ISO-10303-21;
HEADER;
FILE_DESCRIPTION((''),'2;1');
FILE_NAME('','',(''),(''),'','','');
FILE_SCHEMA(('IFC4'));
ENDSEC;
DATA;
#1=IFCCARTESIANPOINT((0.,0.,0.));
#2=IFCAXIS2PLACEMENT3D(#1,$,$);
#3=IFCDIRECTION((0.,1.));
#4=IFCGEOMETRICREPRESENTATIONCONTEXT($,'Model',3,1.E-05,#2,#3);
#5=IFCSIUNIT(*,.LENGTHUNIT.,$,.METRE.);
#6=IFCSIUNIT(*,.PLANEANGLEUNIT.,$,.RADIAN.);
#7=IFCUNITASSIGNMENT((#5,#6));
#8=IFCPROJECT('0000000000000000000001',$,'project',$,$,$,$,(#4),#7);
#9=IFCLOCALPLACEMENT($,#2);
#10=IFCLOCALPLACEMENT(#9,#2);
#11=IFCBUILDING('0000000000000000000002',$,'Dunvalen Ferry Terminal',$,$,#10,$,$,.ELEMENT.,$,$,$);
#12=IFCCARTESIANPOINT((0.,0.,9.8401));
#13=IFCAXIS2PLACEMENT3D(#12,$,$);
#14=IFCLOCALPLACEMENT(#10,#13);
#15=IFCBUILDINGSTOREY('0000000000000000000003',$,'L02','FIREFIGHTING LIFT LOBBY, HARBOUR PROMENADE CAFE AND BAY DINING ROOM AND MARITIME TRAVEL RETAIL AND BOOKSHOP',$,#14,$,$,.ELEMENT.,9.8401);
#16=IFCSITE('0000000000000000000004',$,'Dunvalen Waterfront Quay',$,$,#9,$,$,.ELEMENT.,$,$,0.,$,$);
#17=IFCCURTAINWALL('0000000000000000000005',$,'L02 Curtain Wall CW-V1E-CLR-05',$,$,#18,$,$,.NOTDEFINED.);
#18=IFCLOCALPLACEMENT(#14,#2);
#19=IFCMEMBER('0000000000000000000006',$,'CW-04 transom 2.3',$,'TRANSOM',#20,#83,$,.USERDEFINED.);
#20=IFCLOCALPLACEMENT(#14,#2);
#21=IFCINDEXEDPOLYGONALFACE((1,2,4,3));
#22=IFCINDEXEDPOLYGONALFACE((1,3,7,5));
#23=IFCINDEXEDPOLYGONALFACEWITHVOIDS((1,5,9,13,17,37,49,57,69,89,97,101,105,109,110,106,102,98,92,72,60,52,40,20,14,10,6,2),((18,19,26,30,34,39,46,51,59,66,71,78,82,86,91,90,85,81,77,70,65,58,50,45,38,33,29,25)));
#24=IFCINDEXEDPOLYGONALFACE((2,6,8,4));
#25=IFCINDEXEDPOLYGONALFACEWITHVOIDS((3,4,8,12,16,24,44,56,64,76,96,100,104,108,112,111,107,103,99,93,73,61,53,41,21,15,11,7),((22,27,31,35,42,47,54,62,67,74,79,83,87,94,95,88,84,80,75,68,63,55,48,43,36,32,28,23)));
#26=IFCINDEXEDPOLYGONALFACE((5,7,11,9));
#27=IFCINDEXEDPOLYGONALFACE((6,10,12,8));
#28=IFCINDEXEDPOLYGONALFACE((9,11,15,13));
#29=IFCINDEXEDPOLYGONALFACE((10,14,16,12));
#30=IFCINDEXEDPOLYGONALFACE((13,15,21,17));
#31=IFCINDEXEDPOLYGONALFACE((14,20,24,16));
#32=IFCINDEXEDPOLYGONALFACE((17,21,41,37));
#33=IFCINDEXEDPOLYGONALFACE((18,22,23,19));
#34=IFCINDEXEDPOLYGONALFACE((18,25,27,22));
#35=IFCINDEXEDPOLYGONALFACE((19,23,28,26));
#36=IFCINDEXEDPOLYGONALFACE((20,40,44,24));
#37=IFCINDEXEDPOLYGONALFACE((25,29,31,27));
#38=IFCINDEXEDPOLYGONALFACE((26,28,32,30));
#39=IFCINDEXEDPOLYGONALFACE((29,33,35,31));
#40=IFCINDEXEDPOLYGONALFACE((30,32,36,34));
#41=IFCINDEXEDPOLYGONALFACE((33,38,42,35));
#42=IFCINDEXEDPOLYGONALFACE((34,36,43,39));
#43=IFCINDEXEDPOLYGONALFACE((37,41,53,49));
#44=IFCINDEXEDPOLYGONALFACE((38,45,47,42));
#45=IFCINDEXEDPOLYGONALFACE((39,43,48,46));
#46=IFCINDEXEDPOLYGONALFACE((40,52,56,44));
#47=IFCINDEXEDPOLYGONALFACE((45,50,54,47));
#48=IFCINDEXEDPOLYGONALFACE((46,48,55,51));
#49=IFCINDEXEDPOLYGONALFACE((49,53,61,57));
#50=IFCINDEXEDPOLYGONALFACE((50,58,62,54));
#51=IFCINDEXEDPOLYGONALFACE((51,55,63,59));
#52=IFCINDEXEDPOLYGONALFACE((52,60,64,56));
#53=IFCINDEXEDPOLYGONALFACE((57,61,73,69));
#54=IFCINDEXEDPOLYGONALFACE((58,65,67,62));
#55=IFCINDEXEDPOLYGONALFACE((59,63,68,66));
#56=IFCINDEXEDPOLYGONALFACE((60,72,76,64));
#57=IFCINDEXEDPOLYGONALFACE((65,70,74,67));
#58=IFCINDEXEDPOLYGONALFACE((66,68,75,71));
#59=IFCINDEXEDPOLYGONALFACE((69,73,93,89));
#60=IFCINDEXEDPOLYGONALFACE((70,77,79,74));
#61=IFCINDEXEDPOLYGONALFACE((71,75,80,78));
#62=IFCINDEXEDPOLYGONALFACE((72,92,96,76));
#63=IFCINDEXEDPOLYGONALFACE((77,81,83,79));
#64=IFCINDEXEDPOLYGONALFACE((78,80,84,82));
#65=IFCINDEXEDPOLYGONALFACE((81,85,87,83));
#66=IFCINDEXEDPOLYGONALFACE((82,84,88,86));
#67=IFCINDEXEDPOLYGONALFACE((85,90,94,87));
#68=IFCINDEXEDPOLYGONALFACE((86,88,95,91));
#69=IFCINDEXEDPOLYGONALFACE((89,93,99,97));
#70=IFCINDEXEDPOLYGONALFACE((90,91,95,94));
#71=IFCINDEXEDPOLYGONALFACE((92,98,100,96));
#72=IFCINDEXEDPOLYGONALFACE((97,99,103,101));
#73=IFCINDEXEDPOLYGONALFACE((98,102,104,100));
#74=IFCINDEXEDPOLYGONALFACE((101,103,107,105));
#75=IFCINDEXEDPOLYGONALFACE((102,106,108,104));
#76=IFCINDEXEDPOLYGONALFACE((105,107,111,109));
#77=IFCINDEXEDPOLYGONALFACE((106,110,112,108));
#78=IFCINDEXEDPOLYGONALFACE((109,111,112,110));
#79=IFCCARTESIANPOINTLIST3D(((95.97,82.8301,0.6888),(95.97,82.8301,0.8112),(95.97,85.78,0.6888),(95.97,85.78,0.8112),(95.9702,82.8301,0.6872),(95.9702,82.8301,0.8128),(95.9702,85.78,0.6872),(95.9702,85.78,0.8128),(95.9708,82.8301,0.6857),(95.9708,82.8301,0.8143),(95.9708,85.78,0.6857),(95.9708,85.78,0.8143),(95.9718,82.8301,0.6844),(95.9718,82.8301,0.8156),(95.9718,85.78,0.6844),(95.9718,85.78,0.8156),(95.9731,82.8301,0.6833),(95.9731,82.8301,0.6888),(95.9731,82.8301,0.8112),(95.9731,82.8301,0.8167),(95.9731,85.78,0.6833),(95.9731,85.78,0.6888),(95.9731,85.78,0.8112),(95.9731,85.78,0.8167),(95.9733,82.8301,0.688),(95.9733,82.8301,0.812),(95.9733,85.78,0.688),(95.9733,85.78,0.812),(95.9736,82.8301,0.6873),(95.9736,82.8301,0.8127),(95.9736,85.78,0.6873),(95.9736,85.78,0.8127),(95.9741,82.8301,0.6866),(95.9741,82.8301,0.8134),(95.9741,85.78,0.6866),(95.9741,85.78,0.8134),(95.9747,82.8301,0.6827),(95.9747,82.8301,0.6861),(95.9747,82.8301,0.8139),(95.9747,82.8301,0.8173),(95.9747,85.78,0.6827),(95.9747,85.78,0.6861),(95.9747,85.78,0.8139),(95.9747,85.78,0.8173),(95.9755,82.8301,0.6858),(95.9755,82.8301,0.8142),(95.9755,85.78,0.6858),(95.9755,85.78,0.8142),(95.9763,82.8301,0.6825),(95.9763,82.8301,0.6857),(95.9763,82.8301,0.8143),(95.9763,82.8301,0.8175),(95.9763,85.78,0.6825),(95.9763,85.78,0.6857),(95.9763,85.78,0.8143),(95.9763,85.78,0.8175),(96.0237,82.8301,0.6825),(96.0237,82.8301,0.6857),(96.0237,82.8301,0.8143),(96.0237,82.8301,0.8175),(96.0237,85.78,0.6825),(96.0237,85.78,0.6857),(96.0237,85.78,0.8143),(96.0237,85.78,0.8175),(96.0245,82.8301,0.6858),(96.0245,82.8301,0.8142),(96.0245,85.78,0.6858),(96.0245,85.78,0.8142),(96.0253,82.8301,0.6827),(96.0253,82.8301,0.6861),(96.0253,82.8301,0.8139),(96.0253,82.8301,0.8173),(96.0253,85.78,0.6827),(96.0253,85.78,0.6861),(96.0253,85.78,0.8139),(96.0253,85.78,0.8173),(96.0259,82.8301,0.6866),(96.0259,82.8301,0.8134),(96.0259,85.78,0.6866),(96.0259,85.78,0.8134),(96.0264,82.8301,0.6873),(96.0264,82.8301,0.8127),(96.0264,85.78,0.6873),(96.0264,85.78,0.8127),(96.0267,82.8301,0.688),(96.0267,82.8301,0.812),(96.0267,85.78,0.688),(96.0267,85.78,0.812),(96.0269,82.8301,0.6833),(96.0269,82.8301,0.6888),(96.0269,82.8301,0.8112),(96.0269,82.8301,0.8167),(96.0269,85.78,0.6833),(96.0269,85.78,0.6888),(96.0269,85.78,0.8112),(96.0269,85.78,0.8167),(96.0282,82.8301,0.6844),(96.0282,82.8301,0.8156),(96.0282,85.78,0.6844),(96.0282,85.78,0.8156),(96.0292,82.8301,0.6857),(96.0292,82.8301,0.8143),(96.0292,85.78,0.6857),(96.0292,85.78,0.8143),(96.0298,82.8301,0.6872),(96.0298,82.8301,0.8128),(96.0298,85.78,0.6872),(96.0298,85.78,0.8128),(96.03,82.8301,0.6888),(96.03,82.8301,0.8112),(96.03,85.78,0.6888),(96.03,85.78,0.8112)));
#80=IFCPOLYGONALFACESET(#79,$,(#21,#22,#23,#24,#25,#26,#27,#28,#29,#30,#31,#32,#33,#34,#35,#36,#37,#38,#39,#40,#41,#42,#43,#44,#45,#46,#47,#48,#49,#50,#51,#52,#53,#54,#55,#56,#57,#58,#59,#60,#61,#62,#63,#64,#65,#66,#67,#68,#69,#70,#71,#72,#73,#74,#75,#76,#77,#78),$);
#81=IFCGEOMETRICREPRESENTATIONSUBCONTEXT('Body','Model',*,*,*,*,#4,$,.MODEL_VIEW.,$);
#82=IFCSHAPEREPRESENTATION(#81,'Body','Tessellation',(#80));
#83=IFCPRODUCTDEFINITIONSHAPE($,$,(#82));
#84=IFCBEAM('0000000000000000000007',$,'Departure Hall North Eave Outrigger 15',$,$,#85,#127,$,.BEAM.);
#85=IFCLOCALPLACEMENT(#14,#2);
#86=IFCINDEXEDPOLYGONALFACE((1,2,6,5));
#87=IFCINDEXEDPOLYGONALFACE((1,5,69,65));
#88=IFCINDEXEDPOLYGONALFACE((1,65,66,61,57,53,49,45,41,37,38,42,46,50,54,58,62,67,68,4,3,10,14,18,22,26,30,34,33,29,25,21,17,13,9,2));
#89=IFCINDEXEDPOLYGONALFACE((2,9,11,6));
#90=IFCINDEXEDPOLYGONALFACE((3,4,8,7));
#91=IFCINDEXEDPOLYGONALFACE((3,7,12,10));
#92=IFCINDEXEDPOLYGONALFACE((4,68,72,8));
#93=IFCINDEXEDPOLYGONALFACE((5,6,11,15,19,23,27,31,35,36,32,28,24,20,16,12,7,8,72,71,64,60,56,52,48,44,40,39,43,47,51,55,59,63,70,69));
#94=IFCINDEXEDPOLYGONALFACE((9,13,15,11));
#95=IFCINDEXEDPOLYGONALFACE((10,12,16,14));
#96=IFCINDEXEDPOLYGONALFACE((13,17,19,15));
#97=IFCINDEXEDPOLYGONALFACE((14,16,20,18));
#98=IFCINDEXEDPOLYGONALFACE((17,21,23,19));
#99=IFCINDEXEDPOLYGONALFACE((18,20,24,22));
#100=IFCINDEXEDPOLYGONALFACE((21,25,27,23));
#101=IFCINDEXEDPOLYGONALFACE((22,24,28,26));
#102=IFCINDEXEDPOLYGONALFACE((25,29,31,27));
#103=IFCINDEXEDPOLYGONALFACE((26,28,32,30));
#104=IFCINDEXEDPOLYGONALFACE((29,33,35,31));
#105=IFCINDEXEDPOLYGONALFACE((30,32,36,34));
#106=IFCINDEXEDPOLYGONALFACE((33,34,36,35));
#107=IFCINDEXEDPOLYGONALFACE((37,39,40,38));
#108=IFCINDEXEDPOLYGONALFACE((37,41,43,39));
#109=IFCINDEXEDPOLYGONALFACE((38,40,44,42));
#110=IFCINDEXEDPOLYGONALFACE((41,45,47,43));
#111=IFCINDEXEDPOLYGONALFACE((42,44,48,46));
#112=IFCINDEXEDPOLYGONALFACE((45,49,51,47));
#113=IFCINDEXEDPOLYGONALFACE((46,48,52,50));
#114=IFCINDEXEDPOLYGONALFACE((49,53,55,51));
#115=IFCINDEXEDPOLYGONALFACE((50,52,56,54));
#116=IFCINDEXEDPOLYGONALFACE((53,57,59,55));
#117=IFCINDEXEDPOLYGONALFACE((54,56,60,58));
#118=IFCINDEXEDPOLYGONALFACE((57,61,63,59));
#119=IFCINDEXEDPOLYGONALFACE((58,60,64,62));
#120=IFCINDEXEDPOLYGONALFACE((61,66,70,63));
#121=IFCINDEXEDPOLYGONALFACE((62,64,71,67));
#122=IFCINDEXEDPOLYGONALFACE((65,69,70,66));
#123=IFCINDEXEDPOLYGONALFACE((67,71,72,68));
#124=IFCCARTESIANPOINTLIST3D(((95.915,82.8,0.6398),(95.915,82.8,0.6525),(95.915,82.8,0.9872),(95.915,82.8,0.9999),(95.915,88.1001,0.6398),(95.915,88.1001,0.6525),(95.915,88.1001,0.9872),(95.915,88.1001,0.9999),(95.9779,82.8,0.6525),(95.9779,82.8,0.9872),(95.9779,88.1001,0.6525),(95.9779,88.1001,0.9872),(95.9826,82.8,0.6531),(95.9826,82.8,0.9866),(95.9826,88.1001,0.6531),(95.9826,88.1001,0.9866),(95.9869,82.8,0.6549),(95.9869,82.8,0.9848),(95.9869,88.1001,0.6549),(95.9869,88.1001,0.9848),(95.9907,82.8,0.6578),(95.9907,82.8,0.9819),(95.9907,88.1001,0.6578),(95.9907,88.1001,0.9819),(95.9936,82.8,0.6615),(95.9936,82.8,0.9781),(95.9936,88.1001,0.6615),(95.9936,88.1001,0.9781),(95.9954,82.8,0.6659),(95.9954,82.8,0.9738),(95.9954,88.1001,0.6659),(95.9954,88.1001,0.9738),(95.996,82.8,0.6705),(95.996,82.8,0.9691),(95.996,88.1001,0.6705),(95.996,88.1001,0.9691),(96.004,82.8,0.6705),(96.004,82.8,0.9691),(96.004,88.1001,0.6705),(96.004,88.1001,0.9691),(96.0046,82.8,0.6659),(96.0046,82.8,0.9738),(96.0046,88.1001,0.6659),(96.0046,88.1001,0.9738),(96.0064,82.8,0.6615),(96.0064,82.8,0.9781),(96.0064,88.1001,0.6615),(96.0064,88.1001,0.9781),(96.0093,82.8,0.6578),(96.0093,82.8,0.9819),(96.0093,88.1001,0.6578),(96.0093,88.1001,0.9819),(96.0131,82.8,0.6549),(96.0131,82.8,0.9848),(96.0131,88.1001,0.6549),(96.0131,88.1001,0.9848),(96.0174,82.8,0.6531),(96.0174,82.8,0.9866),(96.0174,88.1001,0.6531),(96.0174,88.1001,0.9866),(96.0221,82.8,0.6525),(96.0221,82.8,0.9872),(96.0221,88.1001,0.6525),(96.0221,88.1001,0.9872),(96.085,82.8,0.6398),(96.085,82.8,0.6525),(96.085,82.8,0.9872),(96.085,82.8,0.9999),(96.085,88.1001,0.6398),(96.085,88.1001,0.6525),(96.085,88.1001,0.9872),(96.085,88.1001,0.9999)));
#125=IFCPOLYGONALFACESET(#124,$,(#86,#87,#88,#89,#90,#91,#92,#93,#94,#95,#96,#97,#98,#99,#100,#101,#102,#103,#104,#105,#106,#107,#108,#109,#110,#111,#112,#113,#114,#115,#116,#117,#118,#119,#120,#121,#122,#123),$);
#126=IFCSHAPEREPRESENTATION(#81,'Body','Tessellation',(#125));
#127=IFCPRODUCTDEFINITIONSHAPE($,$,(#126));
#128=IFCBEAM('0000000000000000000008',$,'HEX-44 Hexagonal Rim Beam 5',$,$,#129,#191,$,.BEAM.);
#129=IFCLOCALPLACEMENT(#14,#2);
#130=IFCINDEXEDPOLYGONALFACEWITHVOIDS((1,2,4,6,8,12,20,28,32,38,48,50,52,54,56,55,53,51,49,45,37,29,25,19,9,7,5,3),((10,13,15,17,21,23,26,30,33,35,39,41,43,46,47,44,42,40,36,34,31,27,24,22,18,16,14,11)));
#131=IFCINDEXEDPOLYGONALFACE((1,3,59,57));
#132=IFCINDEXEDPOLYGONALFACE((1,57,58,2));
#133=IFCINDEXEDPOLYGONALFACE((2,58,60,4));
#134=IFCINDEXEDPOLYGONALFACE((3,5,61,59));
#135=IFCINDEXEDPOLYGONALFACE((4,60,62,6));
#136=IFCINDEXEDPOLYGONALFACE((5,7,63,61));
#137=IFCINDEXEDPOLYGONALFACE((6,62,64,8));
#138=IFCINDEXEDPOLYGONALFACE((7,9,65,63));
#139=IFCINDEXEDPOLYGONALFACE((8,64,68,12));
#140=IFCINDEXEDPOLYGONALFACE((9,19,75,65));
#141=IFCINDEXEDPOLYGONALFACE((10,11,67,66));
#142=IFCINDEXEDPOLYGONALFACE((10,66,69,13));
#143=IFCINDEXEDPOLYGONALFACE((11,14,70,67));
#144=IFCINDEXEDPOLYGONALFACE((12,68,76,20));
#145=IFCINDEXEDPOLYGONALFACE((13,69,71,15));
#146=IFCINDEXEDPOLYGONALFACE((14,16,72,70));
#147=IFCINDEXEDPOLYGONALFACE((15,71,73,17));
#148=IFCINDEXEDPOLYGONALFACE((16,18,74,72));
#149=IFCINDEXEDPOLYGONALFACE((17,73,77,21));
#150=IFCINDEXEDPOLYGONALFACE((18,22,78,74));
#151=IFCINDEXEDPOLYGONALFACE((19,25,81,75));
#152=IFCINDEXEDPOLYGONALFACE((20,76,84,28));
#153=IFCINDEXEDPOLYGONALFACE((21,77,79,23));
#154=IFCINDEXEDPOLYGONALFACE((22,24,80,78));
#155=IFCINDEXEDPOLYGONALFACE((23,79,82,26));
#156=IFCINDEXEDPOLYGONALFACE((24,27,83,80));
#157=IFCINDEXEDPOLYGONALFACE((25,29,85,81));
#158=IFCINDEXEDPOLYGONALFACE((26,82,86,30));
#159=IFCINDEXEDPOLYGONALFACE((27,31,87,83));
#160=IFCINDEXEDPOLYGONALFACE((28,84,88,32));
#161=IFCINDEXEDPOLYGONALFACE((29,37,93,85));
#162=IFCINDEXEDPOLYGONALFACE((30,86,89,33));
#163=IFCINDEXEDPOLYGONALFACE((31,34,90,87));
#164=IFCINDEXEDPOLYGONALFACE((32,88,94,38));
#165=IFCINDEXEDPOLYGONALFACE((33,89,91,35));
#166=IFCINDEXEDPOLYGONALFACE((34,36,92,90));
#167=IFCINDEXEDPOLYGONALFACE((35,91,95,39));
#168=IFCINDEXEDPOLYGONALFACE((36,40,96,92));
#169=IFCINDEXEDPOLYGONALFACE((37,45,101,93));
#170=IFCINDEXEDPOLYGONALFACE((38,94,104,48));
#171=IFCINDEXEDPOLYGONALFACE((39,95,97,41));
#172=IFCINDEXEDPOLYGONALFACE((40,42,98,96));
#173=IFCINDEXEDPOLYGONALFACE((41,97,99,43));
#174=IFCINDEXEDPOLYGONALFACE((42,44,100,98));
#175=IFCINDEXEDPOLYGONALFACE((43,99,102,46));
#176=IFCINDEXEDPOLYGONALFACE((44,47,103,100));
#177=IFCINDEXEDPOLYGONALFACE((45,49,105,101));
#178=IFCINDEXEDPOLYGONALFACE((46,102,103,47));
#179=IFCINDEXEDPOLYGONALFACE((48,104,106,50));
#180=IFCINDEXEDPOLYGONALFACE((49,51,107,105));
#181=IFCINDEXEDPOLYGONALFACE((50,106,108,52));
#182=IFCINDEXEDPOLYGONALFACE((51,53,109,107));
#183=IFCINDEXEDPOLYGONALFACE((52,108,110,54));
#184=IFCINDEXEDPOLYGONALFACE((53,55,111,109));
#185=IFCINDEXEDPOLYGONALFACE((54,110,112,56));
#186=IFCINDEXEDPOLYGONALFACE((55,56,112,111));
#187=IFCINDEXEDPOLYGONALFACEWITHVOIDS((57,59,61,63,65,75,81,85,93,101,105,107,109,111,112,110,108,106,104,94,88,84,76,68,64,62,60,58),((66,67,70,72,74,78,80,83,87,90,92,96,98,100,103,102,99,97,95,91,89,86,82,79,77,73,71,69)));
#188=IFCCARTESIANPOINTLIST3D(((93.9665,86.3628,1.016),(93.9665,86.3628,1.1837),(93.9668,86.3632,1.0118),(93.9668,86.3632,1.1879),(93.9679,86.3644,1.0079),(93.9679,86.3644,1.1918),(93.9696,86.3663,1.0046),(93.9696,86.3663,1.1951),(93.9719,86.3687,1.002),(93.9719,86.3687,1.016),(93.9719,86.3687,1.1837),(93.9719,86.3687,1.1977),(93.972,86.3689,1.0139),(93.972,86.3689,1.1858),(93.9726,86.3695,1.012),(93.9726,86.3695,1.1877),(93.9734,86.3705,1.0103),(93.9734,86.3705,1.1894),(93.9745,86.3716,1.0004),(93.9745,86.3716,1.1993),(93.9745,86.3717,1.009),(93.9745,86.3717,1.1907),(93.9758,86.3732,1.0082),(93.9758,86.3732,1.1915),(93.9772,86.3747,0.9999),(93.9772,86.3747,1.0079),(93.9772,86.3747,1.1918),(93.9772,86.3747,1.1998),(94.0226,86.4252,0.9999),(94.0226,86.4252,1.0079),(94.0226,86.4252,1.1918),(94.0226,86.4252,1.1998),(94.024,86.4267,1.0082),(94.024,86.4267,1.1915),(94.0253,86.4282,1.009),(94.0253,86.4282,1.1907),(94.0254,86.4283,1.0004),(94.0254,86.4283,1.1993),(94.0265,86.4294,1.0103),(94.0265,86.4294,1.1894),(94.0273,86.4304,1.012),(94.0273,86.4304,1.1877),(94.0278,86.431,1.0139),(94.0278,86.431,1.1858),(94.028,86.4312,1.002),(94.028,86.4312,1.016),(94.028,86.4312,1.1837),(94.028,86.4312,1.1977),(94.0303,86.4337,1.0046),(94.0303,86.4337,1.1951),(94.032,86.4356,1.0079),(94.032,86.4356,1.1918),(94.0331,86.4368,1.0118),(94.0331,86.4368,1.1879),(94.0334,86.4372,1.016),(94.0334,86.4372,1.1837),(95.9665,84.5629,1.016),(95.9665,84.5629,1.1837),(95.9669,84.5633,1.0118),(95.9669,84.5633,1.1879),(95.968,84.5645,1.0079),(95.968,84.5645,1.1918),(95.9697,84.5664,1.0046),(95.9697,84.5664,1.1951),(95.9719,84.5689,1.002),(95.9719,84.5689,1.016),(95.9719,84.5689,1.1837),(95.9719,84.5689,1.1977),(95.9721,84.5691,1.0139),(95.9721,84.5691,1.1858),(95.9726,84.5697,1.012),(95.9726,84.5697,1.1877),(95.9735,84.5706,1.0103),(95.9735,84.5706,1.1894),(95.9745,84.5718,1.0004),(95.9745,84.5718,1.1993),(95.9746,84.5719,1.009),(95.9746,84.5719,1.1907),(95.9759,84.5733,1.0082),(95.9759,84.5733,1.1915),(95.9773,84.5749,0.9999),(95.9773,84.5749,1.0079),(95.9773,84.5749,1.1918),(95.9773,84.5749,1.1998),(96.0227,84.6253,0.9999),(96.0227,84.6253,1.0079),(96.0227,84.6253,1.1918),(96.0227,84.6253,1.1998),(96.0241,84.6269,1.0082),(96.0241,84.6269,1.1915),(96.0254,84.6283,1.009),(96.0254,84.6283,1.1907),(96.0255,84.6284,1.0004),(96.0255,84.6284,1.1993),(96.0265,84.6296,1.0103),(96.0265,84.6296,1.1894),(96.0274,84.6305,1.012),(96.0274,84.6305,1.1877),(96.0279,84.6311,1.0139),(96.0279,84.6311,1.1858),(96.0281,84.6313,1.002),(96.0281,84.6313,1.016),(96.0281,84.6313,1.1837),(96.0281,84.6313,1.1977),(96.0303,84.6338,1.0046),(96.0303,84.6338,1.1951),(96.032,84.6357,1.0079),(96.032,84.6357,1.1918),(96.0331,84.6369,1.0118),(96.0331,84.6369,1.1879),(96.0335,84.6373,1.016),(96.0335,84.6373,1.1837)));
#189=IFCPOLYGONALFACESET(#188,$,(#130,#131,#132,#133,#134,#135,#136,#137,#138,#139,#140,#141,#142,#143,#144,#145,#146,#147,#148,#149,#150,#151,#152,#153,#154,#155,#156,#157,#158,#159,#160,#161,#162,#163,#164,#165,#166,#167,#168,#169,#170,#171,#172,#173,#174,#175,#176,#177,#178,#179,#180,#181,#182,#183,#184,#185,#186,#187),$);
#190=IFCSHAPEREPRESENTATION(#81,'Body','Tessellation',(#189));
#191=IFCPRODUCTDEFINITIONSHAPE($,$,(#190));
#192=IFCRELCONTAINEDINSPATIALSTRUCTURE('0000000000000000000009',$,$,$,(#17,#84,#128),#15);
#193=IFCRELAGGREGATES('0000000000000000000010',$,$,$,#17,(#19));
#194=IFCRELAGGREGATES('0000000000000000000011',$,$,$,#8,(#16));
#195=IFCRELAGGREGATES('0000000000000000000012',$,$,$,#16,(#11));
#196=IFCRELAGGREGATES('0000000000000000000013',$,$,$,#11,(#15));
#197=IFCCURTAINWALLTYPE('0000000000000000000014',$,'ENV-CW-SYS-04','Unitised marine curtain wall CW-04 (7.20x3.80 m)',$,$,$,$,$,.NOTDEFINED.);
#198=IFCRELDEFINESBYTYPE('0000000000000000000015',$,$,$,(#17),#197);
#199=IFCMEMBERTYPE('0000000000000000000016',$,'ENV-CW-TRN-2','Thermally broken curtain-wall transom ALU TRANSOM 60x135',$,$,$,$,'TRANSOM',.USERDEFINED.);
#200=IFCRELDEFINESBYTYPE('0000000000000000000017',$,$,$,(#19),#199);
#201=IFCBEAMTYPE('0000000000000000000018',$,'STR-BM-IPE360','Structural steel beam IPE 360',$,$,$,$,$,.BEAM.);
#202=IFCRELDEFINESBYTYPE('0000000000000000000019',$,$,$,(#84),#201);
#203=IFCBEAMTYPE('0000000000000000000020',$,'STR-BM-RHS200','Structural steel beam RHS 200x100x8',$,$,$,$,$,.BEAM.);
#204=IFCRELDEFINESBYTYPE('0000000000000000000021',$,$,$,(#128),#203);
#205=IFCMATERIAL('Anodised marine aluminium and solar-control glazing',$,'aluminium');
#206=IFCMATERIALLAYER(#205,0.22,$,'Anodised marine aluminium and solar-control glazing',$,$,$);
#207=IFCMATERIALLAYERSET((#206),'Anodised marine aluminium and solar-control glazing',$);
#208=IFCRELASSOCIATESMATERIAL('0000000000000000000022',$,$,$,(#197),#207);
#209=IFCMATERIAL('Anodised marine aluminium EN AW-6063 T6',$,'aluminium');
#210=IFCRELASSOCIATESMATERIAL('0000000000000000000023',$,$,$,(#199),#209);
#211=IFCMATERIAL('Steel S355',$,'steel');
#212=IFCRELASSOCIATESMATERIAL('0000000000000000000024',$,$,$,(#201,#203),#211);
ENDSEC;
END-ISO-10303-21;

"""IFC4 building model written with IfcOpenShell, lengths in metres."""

from ifc_helpers import new_model, si_unit, direction, frame, origin, origin_2d, place, context, subcontext, project, spatial, hollow_rectangle, i_section, extrude, material, layer, layer_set, material_profile, profile_set, type_object, element, aggregate, save


model = new_model("IFC4")

# Units and contexts
model_context = context("Model", 3, precision=1e-05, world=origin(), true_north=direction((0.0, 1.0)))
body_context = subcontext(model_context, "Body", "Model", "MODEL_VIEW")
ifc_project = project(units=[si_unit("LENGTHUNIT", "METRE"), si_unit("PLANEANGLEUNIT", "RADIAN")], contexts=[model_context])

# Site, building, storey
site_placement = place(None, origin())
site = spatial("IfcSite", under=ifc_project, at=site_placement, Name="Dunvalen Waterfront Quay", CompositionType="ELEMENT", RefElevation=0.0)
building_placement = place(site_placement, origin())
building = spatial("IfcBuilding", under=site, at=building_placement, Name="Dunvalen Ferry Terminal", CompositionType="ELEMENT")
storey_placement = place(building_placement, frame((0.0, 0.0, 9.8401)))
storey = spatial("IfcBuildingStorey", under=building, at=storey_placement, Name="L02", Description="FIREFIGHTING LIFT LOBBY, HARBOUR PROMENADE CAFE AND BAY DINING ROOM AND MARITIME TRAVEL RETAIL AND BOOKSHOP", CompositionType="ELEMENT", Elevation=9.8401)

# Curtain wall, member
ifc_material_1 = material(Name="Anodised marine aluminium and solar-control glazing", Category="aluminium")
ifc_layer_1 = layer(ifc_material_1, 0.22, Name="Anodised marine aluminium and solar-control glazing")
ifc_layer_set_1 = layer_set([ifc_layer_1], Name="Anodised marine aluminium and solar-control glazing")
curtain_wall_type = type_object("IfcCurtainWallType", Name="ENV-CW-SYS-04", Description="Unitised marine curtain wall CW-04 (7.20x3.80 m)", PredefinedType="NOTDEFINED", material=ifc_layer_set_1)
curtain_wall_placement = place(storey_placement, origin())
curtain_wall = element("IfcCurtainWall", 1, at=curtain_wall_placement, inside=storey, type_object=curtain_wall_type, Name="L02 Curtain Wall CW-V1E-CLR-05", PredefinedType="NOTDEFINED")
ifc_material_2 = material(Name="Anodised marine aluminium EN AW-6063 T6", Category="aluminium")
ifc_material_profile_1 = material_profile(ifc_material_2, hollow_rectangle(XDim=0.0601, YDim=0.135, WallThickness=0.0032, InnerFilletRadius=0.0032, OuterFilletRadius=0.0063, at=origin_2d()), Name="Anodised marine aluminium EN AW-6063 T6")
ifc_profile_set_1 = profile_set([ifc_material_profile_1], Name="Anodised marine aluminium EN AW-6063 T6")
member_type_1 = type_object("IfcMemberType", Name="ENV-CW-TRN-2", Description="Thermally broken curtain-wall transom ALU TRANSOM 60x135", ElementType="TRANSOM", PredefinedType="USERDEFINED", material=ifc_profile_set_1)
member_1_placement = place(storey_placement, frame((96.0, 82.8301, 0.75), z_axis=(0.0, 1.0, 0.0), x_axis=(-1.0, 0.0, 0.0)))
member_1 = element("IfcMember", 2, at=member_1_placement, type_object=member_type_1, Name="CW-04 transom 2.3", ObjectType="TRANSOM", PredefinedType="USERDEFINED", context=body_context, shape_type="SweptSolid", body=[
    extrude(hollow_rectangle(XDim=0.0601, YDim=0.135, WallThickness=0.0032, InnerFilletRadius=0.0032, OuterFilletRadius=0.0063, at=origin_2d()), origin(), (0.0, 0.0, 1.0), 2.95),
])

# Beams
ifc_material_3 = material(Name="Steel S355", Category="steel")
ifc_material_profile_2 = material_profile(ifc_material_3, i_section(OverallWidth=0.1699, OverallDepth=0.3601, WebThickness=0.0081, FlangeThickness=0.0127, FilletRadius=0.0181, at=origin_2d()), Name="Steel S355")
ifc_profile_set_2 = profile_set([ifc_material_profile_2], Name="Steel S355")
beam_type_1 = type_object("IfcBeamType", Name="STR-BM-IPE360", Description="Structural steel beam IPE 360", PredefinedType="BEAM", material=ifc_profile_set_2)
beam_1_placement = place(storey_placement, frame((96.0, 82.8, 0.8198), z_axis=(0.0, 1.0, 0.0), x_axis=(-1.0, 0.0, 0.0)))
element("IfcBeam", 3, at=beam_1_placement, inside=storey, type_object=beam_type_1, Name="Departure Hall North Eave Outrigger 15", PredefinedType="BEAM", context=body_context, shape_type="SweptSolid", body=[
    extrude(i_section(OverallWidth=0.1699, OverallDepth=0.3601, WebThickness=0.0081, FlangeThickness=0.0127, FilletRadius=0.0181, at=origin_2d()), origin(), (0.0, 0.0, 1.0), 5.3),
])
ifc_material_profile_3 = material_profile(ifc_material_3, hollow_rectangle(XDim=0.1001, YDim=0.2, WallThickness=0.0081, InnerFilletRadius=0.0081, OuterFilletRadius=0.0161, at=origin_2d()), Name="Steel S355")
ifc_profile_set_3 = profile_set([ifc_material_profile_3], Name="Steel S355")
beam_type_2 = type_object("IfcBeamType", Name="STR-BM-RHS200", Description="Structural steel beam RHS 200x100x8", PredefinedType="BEAM", material=ifc_profile_set_3)
beam_2_placement = place(storey_placement, frame((96.0, 84.6001, 1.0999), z_axis=(-0.74333, 0.668925, 0.0), x_axis=(-0.668925, -0.74333, 0.0)))
element("IfcBeam", 4, at=beam_2_placement, inside=storey, type_object=beam_type_2, Name="HEX-44 Hexagonal Rim Beam 5", PredefinedType="BEAM", context=body_context, shape_type="SweptSolid", body=[
    extrude(hollow_rectangle(XDim=0.1001, YDim=0.2, WallThickness=0.0081, InnerFilletRadius=0.0081, OuterFilletRadius=0.0161, at=origin_2d()), origin(), (0.0, 0.0, 1.0), 2.6907),
])

aggregate(curtain_wall, [member_1])

save(model, "model.ifc")
